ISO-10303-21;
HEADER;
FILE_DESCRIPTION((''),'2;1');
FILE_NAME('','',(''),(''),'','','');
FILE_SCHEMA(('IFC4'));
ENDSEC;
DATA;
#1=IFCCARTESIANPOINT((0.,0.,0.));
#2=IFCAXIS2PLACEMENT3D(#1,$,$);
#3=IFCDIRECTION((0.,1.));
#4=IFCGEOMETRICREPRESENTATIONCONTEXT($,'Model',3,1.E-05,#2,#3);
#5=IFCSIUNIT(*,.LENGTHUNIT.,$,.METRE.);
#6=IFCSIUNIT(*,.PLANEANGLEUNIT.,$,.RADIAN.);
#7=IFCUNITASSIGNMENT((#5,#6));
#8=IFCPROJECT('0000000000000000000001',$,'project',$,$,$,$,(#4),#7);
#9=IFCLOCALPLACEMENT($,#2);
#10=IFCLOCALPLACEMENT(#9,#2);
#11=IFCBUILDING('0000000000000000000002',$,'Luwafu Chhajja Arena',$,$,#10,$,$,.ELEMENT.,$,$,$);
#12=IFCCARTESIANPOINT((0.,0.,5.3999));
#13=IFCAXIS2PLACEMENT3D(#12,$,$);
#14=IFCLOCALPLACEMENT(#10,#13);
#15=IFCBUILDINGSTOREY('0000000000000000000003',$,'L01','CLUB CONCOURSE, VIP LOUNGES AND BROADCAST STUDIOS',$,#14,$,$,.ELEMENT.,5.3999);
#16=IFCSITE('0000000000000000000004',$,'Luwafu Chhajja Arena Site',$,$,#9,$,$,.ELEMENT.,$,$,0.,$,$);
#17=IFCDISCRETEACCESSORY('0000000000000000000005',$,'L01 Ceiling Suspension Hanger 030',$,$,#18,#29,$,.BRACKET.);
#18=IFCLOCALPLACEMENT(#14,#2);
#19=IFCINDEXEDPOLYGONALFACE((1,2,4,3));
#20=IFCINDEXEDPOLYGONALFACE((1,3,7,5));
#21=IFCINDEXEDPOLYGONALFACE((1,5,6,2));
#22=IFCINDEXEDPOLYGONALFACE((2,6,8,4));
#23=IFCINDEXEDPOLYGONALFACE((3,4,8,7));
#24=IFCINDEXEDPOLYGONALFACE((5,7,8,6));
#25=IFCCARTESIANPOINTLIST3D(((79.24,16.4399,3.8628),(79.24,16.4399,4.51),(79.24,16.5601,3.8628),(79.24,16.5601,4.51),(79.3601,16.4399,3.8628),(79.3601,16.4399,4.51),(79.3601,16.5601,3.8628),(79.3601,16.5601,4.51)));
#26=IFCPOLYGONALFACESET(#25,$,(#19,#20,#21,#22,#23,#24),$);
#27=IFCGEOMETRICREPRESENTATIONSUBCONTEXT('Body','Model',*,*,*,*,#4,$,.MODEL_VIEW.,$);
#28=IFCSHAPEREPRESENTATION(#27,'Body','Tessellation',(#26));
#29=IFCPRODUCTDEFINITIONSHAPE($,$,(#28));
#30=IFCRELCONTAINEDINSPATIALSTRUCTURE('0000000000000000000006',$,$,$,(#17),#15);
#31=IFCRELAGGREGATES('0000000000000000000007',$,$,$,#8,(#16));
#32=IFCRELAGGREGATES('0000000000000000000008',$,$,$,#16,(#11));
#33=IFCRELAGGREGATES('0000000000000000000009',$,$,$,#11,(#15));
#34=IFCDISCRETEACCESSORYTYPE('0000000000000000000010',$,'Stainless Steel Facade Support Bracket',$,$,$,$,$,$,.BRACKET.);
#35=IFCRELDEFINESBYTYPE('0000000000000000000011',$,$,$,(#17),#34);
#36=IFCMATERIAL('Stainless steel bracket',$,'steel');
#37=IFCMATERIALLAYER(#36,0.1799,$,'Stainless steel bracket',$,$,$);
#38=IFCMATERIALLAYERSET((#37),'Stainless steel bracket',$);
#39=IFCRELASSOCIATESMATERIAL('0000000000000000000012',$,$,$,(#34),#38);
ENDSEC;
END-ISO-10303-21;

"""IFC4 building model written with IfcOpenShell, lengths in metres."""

from ifc_helpers import new_model, si_unit, direction, frame, origin, origin_2d, place, context, subcontext, project, spatial, rectangle, extrude, material, layer, layer_set, type_object, element, save


model = new_model("IFC4")

# Units and contexts
model_context = context("Model", 3, precision=1e-05, world=origin(), true_north=direction((0.0, 1.0)))
body_context = subcontext(model_context, "Body", "Model", "MODEL_VIEW")
ifc_project = project(units=[si_unit("LENGTHUNIT", "METRE"), si_unit("PLANEANGLEUNIT", "RADIAN")], contexts=[model_context])

# Site, building, storey
site_placement = place(None, origin())
site = spatial("IfcSite", under=ifc_project, at=site_placement, Name="Luwafu Chhajja Arena Site", CompositionType="ELEMENT", RefElevation=0.0)
building_placement = place(site_placement, origin())
building = spatial("IfcBuilding", under=site, at=building_placement, Name="Luwafu Chhajja Arena", CompositionType="ELEMENT")
storey_placement = place(building_placement, frame((0.0, 0.0, 5.3999)))
storey = spatial("IfcBuildingStorey", under=building, at=storey_placement, Name="L01", Description="CLUB CONCOURSE, VIP LOUNGES AND BROADCAST STUDIOS", CompositionType="ELEMENT", Elevation=5.3999)

# Discrete accessory
ifc_material_1 = material(Name="Stainless steel bracket", Category="steel")
ifc_layer_1 = layer(ifc_material_1, 0.1799, Name="Stainless steel bracket")
ifc_layer_set_1 = layer_set([ifc_layer_1], Name="Stainless steel bracket")
discrete_accessory_type = type_object("IfcDiscreteAccessoryType", Name="Stainless Steel Facade Support Bracket", PredefinedType="BRACKET", material=ifc_layer_set_1)
for number, where, z_axis, x_axis, name in (
    (1, (79.3, 16.5, 3.8628), (0.0, 0.0, 1.0), (1.0, 0.0, 0.0), "L01 Ceiling Suspension Hanger 030"),
):
    element("IfcDiscreteAccessory", number, at=place(storey_placement, frame(where, z_axis=z_axis, x_axis=x_axis)), inside=storey, type_object=discrete_accessory_type, Name=name, PredefinedType="BRACKET", context=body_context, shape_type="SweptSolid", body=[
        extrude(rectangle(XDim=0.1201, YDim=0.1201, at=origin_2d()), origin(), (0.0, 0.0, 1.0), 0.6472),
    ])

save(model, "model.ifc")
